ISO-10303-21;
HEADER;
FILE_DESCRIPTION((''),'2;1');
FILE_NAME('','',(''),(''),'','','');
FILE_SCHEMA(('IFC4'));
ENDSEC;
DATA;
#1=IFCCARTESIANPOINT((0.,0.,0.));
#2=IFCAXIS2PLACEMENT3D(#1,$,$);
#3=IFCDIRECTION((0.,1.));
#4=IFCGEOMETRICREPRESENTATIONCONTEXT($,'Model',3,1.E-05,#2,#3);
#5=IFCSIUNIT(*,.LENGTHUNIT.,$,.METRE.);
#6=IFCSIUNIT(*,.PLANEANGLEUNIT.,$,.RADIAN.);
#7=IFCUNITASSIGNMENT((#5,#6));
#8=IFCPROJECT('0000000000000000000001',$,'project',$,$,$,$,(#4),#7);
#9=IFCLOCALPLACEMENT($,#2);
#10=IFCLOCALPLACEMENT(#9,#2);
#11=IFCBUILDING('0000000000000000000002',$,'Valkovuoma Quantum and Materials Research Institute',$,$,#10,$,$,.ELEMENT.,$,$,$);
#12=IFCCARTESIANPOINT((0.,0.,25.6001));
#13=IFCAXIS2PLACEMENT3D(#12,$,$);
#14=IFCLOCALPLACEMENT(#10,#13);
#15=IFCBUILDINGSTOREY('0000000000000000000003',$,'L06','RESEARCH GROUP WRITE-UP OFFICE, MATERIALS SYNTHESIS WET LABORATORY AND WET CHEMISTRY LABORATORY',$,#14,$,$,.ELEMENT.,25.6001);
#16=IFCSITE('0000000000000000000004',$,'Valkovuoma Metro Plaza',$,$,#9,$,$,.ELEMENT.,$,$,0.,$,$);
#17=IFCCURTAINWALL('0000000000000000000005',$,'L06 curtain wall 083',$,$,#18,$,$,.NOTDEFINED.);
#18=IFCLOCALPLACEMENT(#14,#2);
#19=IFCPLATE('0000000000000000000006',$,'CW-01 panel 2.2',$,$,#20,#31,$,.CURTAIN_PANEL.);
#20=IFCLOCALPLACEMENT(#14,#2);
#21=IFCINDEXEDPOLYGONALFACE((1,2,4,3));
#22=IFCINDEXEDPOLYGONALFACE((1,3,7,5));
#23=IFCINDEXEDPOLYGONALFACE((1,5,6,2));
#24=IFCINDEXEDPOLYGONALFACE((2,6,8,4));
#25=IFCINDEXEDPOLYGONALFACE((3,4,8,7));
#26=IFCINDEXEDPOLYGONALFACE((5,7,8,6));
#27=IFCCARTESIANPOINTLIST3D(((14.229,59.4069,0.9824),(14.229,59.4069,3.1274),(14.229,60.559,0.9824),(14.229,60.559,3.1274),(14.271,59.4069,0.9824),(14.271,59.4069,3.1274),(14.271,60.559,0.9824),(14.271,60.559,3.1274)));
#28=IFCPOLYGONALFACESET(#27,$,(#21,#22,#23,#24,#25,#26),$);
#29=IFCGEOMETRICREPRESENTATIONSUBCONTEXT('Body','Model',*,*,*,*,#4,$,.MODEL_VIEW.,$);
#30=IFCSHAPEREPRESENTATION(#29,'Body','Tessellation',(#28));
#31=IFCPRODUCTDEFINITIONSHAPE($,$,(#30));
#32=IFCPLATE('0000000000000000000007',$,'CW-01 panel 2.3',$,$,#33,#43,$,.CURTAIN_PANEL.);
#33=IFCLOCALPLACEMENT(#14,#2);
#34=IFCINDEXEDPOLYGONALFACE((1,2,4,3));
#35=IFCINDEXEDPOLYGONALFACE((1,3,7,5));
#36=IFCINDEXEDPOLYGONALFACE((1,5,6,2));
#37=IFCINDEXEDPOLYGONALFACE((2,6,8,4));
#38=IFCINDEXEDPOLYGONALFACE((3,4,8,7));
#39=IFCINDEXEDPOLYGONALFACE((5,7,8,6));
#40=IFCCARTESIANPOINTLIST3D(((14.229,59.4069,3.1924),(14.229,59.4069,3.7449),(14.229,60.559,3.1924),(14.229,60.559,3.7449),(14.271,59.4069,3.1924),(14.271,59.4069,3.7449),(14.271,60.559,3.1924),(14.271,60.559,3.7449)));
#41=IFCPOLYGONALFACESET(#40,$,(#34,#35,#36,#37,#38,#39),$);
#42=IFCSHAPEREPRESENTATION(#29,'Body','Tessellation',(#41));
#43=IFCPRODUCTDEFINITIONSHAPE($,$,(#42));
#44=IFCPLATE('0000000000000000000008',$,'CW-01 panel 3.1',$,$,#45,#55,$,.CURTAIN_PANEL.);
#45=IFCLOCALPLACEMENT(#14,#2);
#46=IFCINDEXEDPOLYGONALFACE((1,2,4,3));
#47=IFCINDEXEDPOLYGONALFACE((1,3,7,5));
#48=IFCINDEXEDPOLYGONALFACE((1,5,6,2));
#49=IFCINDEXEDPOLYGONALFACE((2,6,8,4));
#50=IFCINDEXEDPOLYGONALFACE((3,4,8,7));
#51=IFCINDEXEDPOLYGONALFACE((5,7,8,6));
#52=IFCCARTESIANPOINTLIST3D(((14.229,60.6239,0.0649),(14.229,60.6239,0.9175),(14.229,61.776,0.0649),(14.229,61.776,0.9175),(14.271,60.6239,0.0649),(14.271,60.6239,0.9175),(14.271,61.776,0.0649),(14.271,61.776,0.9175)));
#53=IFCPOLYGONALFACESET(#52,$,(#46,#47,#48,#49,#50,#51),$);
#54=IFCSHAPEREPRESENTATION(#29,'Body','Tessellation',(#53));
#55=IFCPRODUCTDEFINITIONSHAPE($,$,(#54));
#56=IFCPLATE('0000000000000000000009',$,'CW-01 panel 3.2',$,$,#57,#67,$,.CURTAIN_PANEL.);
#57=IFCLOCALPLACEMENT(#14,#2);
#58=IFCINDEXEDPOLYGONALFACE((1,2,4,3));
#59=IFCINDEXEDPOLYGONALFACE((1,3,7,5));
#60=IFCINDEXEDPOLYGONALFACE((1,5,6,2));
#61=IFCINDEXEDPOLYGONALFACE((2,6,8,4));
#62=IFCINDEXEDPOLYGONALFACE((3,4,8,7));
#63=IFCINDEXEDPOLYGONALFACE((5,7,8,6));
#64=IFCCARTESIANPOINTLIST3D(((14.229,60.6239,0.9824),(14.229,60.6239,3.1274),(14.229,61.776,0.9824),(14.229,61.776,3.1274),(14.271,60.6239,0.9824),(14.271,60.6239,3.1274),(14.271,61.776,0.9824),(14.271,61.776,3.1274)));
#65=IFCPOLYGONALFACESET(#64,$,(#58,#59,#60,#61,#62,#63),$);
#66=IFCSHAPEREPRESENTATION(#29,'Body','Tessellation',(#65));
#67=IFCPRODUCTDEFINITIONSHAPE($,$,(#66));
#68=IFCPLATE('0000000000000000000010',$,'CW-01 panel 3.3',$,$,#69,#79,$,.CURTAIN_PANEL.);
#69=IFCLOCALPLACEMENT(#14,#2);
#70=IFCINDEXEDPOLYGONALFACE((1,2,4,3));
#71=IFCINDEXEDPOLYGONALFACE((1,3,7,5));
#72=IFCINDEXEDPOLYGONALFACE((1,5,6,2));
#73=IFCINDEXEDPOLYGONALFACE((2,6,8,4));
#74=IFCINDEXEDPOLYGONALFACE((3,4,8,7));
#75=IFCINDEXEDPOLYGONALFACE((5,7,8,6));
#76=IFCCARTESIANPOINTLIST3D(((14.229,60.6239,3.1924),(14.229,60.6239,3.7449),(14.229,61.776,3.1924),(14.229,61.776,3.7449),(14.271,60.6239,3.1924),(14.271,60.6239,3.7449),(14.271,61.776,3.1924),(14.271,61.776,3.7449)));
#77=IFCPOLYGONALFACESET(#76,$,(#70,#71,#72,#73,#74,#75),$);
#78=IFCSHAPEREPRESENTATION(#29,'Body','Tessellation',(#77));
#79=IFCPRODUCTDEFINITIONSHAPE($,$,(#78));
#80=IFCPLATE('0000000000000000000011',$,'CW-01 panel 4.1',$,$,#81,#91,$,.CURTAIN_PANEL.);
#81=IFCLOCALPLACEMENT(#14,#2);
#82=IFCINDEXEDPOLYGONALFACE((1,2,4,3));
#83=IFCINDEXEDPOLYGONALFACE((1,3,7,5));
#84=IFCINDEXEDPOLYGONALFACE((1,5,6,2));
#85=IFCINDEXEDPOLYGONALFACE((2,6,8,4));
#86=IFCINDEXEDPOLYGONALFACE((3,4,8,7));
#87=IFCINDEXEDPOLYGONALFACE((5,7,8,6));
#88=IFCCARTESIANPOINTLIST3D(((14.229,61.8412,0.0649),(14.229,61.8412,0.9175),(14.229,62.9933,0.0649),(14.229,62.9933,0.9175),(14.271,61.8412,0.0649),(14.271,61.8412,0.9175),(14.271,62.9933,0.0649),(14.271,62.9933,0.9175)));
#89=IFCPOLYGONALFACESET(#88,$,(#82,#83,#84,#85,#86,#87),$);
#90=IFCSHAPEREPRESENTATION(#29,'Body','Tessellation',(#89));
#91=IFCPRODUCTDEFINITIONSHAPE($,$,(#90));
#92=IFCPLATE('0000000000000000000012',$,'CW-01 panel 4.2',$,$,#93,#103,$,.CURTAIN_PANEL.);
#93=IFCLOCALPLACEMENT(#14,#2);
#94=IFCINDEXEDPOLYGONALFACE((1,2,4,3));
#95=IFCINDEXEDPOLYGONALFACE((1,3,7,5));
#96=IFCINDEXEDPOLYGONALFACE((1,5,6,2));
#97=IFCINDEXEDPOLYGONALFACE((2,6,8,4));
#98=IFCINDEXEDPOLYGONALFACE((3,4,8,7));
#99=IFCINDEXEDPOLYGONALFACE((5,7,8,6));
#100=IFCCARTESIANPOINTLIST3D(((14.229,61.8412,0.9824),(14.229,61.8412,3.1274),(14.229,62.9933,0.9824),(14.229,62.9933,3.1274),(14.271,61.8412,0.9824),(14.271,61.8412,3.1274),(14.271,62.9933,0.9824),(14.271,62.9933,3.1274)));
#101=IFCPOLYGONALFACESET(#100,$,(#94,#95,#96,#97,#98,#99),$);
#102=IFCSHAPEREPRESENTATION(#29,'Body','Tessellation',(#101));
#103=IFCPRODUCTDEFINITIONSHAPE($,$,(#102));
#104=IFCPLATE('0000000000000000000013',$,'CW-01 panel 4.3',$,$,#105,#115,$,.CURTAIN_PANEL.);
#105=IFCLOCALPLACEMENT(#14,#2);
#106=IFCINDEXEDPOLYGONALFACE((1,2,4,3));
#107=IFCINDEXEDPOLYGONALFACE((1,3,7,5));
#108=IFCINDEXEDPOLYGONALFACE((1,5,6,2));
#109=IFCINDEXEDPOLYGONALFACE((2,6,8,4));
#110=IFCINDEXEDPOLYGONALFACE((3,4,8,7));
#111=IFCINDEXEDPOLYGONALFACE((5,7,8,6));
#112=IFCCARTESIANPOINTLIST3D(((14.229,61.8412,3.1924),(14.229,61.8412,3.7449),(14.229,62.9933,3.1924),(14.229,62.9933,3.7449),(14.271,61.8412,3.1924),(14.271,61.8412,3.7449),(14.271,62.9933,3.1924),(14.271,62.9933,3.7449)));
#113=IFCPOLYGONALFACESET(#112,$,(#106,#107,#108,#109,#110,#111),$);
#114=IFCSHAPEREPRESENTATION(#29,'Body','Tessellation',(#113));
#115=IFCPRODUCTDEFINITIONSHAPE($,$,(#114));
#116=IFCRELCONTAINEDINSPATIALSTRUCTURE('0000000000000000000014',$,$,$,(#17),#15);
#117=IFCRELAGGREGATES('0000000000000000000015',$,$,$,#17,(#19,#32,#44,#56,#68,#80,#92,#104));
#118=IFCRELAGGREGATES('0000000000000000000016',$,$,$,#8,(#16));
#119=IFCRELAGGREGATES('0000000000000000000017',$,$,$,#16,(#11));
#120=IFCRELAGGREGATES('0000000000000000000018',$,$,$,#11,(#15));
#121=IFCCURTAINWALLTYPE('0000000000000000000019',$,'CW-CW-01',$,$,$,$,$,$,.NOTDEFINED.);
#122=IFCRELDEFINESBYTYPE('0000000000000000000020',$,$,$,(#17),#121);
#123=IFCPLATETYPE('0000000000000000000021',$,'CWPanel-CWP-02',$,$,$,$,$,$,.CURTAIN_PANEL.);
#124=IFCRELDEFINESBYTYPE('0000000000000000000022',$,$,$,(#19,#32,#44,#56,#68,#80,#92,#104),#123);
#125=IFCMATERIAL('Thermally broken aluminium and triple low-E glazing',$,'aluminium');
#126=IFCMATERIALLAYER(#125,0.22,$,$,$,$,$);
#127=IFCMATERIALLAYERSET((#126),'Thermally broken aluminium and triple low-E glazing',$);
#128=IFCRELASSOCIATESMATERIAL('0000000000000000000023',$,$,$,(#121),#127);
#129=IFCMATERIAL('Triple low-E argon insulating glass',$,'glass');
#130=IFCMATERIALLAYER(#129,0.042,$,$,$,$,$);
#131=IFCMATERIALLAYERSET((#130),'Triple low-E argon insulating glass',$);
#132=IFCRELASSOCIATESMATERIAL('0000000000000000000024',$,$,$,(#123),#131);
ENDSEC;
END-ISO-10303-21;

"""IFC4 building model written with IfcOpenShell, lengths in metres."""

from ifc_helpers import new_model, si_unit, direction, frame, origin, origin_2d, place, context, subcontext, project, spatial, rectangle, extrude, material, layer, layer_set, type_object, element, aggregate, save


model = new_model("IFC4")

# Units and contexts
model_context = context("Model", 3, precision=1e-05, world=origin(), true_north=direction((0.0, 1.0)))
body_context = subcontext(model_context, "Body", "Model", "MODEL_VIEW")
ifc_project = project(units=[si_unit("LENGTHUNIT", "METRE"), si_unit("PLANEANGLEUNIT", "RADIAN")], contexts=[model_context])

# Site, building, storey
site_placement = place(None, origin())
site = spatial("IfcSite", under=ifc_project, at=site_placement, Name="Valkovuoma Metro Plaza", CompositionType="ELEMENT", RefElevation=0.0)
building_placement = place(site_placement, origin())
building = spatial("IfcBuilding", under=site, at=building_placement, Name="Valkovuoma Quantum and Materials Research Institute", CompositionType="ELEMENT")
storey_placement = place(building_placement, frame((0.0, 0.0, 25.6001)))
storey = spatial("IfcBuildingStorey", under=building, at=storey_placement, Name="L06", Description="RESEARCH GROUP WRITE-UP OFFICE, MATERIALS SYNTHESIS WET LABORATORY AND WET CHEMISTRY LABORATORY", CompositionType="ELEMENT", Elevation=25.6001)

# Curtain wall, plates
ifc_material_1 = material(Name="Thermally broken aluminium and triple low-E glazing", Category="aluminium")
ifc_layer_1 = layer(ifc_material_1, 0.22)
ifc_layer_set_1 = layer_set([ifc_layer_1], Name="Thermally broken aluminium and triple low-E glazing")
curtain_wall_type = type_object("IfcCurtainWallType", Name="CW-CW-01", PredefinedType="NOTDEFINED", material=ifc_layer_set_1)
curtain_wall_placement = place(storey_placement, origin())
curtain_wall = element("IfcCurtainWall", 1, at=curtain_wall_placement, inside=storey, type_object=curtain_wall_type, Name="L06 curtain wall 083", PredefinedType="NOTDEFINED")
ifc_material_2 = material(Name="Triple low-E argon insulating glass", Category="glass")
ifc_layer_2 = layer(ifc_material_2, 0.042)
ifc_layer_set_2 = layer_set([ifc_layer_2], Name="Triple low-E argon insulating glass")
plate_type = type_object("IfcPlateType", Name="CWPanel-CWP-02", PredefinedType="CURTAIN_PANEL", material=ifc_layer_set_2)
plate_1_placement = place(storey_placement, frame((14.25, 59.9829, 0.9824), z_axis=(0.0, 0.0, 1.0), x_axis=(0.0, 1.0, 0.0)))
plate_1 = element("IfcPlate", 2, at=plate_1_placement, type_object=plate_type, Name="CW-01 panel 2.2", PredefinedType="CURTAIN_PANEL", context=body_context, shape_type="SweptSolid", body=[
    extrude(rectangle(XDim=1.1521, YDim=0.042, at=origin_2d()), origin(), (0.0, 0.0, 1.0), 2.145),
])
plate_2_placement = place(storey_placement, frame((14.25, 59.9829, 3.1924), z_axis=(0.0, 0.0, 1.0), x_axis=(0.0, 1.0, 0.0)))
plate_2 = element("IfcPlate", 3, at=plate_2_placement, type_object=plate_type, Name="CW-01 panel 2.3", PredefinedType="CURTAIN_PANEL", context=body_context, shape_type="SweptSolid", body=[
    extrude(rectangle(XDim=1.1521, YDim=0.042, at=origin_2d()), origin(), (0.0, 0.0, 1.0), 0.5525),
])
plate_3_placement = place(storey_placement, frame((14.25, 61.2, 0.0649), z_axis=(0.0, 0.0, 1.0), x_axis=(0.0, 1.0, 0.0)))
plate_3 = element("IfcPlate", 4, at=plate_3_placement, type_object=plate_type, Name="CW-01 panel 3.1", PredefinedType="CURTAIN_PANEL", context=body_context, shape_type="SweptSolid", body=[
    extrude(rectangle(XDim=1.1521, YDim=0.042, at=origin_2d()), origin(), (0.0, 0.0, 1.0), 0.8525),
])
plate_4_placement = place(storey_placement, frame((14.25, 61.2, 0.9824), z_axis=(0.0, 0.0, 1.0), x_axis=(0.0, 1.0, 0.0)))
plate_4 = element("IfcPlate", 5, at=plate_4_placement, type_object=plate_type, Name="CW-01 panel 3.2", PredefinedType="CURTAIN_PANEL", context=body_context, shape_type="SweptSolid", body=[
    extrude(rectangle(XDim=1.1521, YDim=0.042, at=origin_2d()), origin(), (0.0, 0.0, 1.0), 2.145),
])
plate_5_placement = place(storey_placement, frame((14.25, 61.2, 3.1924), z_axis=(0.0, 0.0, 1.0), x_axis=(0.0, 1.0, 0.0)))
plate_5 = element("IfcPlate", 6, at=plate_5_placement, type_object=plate_type, Name="CW-01 panel 3.3", PredefinedType="CURTAIN_PANEL", context=body_context, shape_type="SweptSolid", body=[
    extrude(rectangle(XDim=1.1521, YDim=0.042, at=origin_2d()), origin(), (0.0, 0.0, 1.0), 0.5525),
])
plate_6_placement = place(storey_placement, frame((14.25, 62.4172, 0.0649), z_axis=(0.0, 0.0, 1.0), x_axis=(0.0, 1.0, 0.0)))
plate_6 = element("IfcPlate", 7, at=plate_6_placement, type_object=plate_type, Name="CW-01 panel 4.1", PredefinedType="CURTAIN_PANEL", context=body_context, shape_type="SweptSolid", body=[
    extrude(rectangle(XDim=1.1521, YDim=0.042, at=origin_2d()), origin(), (0.0, 0.0, 1.0), 0.8525),
])
plate_7_placement = place(storey_placement, frame((14.25, 62.4172, 0.9824), z_axis=(0.0, 0.0, 1.0), x_axis=(0.0, 1.0, 0.0)))
plate_7 = element("IfcPlate", 8, at=plate_7_placement, type_object=plate_type, Name="CW-01 panel 4.2", PredefinedType="CURTAIN_PANEL", context=body_context, shape_type="SweptSolid", body=[
    extrude(rectangle(XDim=1.1521, YDim=0.042, at=origin_2d()), origin(), (0.0, 0.0, 1.0), 2.145),
])
plate_8_placement = place(storey_placement, frame((14.25, 62.4172, 3.1924), z_axis=(0.0, 0.0, 1.0), x_axis=(0.0, 1.0, 0.0)))
plate_8 = element("IfcPlate", 9, at=plate_8_placement, type_object=plate_type, Name="CW-01 panel 4.3", PredefinedType="CURTAIN_PANEL", context=body_context, shape_type="SweptSolid", body=[
    extrude(rectangle(XDim=1.1521, YDim=0.042, at=origin_2d()), origin(), (0.0, 0.0, 1.0), 0.5525),
])
aggregate(curtain_wall, [plate_1, plate_2, plate_3, plate_4, plate_5, plate_6, plate_7, plate_8])

save(model, "model.ifc")
